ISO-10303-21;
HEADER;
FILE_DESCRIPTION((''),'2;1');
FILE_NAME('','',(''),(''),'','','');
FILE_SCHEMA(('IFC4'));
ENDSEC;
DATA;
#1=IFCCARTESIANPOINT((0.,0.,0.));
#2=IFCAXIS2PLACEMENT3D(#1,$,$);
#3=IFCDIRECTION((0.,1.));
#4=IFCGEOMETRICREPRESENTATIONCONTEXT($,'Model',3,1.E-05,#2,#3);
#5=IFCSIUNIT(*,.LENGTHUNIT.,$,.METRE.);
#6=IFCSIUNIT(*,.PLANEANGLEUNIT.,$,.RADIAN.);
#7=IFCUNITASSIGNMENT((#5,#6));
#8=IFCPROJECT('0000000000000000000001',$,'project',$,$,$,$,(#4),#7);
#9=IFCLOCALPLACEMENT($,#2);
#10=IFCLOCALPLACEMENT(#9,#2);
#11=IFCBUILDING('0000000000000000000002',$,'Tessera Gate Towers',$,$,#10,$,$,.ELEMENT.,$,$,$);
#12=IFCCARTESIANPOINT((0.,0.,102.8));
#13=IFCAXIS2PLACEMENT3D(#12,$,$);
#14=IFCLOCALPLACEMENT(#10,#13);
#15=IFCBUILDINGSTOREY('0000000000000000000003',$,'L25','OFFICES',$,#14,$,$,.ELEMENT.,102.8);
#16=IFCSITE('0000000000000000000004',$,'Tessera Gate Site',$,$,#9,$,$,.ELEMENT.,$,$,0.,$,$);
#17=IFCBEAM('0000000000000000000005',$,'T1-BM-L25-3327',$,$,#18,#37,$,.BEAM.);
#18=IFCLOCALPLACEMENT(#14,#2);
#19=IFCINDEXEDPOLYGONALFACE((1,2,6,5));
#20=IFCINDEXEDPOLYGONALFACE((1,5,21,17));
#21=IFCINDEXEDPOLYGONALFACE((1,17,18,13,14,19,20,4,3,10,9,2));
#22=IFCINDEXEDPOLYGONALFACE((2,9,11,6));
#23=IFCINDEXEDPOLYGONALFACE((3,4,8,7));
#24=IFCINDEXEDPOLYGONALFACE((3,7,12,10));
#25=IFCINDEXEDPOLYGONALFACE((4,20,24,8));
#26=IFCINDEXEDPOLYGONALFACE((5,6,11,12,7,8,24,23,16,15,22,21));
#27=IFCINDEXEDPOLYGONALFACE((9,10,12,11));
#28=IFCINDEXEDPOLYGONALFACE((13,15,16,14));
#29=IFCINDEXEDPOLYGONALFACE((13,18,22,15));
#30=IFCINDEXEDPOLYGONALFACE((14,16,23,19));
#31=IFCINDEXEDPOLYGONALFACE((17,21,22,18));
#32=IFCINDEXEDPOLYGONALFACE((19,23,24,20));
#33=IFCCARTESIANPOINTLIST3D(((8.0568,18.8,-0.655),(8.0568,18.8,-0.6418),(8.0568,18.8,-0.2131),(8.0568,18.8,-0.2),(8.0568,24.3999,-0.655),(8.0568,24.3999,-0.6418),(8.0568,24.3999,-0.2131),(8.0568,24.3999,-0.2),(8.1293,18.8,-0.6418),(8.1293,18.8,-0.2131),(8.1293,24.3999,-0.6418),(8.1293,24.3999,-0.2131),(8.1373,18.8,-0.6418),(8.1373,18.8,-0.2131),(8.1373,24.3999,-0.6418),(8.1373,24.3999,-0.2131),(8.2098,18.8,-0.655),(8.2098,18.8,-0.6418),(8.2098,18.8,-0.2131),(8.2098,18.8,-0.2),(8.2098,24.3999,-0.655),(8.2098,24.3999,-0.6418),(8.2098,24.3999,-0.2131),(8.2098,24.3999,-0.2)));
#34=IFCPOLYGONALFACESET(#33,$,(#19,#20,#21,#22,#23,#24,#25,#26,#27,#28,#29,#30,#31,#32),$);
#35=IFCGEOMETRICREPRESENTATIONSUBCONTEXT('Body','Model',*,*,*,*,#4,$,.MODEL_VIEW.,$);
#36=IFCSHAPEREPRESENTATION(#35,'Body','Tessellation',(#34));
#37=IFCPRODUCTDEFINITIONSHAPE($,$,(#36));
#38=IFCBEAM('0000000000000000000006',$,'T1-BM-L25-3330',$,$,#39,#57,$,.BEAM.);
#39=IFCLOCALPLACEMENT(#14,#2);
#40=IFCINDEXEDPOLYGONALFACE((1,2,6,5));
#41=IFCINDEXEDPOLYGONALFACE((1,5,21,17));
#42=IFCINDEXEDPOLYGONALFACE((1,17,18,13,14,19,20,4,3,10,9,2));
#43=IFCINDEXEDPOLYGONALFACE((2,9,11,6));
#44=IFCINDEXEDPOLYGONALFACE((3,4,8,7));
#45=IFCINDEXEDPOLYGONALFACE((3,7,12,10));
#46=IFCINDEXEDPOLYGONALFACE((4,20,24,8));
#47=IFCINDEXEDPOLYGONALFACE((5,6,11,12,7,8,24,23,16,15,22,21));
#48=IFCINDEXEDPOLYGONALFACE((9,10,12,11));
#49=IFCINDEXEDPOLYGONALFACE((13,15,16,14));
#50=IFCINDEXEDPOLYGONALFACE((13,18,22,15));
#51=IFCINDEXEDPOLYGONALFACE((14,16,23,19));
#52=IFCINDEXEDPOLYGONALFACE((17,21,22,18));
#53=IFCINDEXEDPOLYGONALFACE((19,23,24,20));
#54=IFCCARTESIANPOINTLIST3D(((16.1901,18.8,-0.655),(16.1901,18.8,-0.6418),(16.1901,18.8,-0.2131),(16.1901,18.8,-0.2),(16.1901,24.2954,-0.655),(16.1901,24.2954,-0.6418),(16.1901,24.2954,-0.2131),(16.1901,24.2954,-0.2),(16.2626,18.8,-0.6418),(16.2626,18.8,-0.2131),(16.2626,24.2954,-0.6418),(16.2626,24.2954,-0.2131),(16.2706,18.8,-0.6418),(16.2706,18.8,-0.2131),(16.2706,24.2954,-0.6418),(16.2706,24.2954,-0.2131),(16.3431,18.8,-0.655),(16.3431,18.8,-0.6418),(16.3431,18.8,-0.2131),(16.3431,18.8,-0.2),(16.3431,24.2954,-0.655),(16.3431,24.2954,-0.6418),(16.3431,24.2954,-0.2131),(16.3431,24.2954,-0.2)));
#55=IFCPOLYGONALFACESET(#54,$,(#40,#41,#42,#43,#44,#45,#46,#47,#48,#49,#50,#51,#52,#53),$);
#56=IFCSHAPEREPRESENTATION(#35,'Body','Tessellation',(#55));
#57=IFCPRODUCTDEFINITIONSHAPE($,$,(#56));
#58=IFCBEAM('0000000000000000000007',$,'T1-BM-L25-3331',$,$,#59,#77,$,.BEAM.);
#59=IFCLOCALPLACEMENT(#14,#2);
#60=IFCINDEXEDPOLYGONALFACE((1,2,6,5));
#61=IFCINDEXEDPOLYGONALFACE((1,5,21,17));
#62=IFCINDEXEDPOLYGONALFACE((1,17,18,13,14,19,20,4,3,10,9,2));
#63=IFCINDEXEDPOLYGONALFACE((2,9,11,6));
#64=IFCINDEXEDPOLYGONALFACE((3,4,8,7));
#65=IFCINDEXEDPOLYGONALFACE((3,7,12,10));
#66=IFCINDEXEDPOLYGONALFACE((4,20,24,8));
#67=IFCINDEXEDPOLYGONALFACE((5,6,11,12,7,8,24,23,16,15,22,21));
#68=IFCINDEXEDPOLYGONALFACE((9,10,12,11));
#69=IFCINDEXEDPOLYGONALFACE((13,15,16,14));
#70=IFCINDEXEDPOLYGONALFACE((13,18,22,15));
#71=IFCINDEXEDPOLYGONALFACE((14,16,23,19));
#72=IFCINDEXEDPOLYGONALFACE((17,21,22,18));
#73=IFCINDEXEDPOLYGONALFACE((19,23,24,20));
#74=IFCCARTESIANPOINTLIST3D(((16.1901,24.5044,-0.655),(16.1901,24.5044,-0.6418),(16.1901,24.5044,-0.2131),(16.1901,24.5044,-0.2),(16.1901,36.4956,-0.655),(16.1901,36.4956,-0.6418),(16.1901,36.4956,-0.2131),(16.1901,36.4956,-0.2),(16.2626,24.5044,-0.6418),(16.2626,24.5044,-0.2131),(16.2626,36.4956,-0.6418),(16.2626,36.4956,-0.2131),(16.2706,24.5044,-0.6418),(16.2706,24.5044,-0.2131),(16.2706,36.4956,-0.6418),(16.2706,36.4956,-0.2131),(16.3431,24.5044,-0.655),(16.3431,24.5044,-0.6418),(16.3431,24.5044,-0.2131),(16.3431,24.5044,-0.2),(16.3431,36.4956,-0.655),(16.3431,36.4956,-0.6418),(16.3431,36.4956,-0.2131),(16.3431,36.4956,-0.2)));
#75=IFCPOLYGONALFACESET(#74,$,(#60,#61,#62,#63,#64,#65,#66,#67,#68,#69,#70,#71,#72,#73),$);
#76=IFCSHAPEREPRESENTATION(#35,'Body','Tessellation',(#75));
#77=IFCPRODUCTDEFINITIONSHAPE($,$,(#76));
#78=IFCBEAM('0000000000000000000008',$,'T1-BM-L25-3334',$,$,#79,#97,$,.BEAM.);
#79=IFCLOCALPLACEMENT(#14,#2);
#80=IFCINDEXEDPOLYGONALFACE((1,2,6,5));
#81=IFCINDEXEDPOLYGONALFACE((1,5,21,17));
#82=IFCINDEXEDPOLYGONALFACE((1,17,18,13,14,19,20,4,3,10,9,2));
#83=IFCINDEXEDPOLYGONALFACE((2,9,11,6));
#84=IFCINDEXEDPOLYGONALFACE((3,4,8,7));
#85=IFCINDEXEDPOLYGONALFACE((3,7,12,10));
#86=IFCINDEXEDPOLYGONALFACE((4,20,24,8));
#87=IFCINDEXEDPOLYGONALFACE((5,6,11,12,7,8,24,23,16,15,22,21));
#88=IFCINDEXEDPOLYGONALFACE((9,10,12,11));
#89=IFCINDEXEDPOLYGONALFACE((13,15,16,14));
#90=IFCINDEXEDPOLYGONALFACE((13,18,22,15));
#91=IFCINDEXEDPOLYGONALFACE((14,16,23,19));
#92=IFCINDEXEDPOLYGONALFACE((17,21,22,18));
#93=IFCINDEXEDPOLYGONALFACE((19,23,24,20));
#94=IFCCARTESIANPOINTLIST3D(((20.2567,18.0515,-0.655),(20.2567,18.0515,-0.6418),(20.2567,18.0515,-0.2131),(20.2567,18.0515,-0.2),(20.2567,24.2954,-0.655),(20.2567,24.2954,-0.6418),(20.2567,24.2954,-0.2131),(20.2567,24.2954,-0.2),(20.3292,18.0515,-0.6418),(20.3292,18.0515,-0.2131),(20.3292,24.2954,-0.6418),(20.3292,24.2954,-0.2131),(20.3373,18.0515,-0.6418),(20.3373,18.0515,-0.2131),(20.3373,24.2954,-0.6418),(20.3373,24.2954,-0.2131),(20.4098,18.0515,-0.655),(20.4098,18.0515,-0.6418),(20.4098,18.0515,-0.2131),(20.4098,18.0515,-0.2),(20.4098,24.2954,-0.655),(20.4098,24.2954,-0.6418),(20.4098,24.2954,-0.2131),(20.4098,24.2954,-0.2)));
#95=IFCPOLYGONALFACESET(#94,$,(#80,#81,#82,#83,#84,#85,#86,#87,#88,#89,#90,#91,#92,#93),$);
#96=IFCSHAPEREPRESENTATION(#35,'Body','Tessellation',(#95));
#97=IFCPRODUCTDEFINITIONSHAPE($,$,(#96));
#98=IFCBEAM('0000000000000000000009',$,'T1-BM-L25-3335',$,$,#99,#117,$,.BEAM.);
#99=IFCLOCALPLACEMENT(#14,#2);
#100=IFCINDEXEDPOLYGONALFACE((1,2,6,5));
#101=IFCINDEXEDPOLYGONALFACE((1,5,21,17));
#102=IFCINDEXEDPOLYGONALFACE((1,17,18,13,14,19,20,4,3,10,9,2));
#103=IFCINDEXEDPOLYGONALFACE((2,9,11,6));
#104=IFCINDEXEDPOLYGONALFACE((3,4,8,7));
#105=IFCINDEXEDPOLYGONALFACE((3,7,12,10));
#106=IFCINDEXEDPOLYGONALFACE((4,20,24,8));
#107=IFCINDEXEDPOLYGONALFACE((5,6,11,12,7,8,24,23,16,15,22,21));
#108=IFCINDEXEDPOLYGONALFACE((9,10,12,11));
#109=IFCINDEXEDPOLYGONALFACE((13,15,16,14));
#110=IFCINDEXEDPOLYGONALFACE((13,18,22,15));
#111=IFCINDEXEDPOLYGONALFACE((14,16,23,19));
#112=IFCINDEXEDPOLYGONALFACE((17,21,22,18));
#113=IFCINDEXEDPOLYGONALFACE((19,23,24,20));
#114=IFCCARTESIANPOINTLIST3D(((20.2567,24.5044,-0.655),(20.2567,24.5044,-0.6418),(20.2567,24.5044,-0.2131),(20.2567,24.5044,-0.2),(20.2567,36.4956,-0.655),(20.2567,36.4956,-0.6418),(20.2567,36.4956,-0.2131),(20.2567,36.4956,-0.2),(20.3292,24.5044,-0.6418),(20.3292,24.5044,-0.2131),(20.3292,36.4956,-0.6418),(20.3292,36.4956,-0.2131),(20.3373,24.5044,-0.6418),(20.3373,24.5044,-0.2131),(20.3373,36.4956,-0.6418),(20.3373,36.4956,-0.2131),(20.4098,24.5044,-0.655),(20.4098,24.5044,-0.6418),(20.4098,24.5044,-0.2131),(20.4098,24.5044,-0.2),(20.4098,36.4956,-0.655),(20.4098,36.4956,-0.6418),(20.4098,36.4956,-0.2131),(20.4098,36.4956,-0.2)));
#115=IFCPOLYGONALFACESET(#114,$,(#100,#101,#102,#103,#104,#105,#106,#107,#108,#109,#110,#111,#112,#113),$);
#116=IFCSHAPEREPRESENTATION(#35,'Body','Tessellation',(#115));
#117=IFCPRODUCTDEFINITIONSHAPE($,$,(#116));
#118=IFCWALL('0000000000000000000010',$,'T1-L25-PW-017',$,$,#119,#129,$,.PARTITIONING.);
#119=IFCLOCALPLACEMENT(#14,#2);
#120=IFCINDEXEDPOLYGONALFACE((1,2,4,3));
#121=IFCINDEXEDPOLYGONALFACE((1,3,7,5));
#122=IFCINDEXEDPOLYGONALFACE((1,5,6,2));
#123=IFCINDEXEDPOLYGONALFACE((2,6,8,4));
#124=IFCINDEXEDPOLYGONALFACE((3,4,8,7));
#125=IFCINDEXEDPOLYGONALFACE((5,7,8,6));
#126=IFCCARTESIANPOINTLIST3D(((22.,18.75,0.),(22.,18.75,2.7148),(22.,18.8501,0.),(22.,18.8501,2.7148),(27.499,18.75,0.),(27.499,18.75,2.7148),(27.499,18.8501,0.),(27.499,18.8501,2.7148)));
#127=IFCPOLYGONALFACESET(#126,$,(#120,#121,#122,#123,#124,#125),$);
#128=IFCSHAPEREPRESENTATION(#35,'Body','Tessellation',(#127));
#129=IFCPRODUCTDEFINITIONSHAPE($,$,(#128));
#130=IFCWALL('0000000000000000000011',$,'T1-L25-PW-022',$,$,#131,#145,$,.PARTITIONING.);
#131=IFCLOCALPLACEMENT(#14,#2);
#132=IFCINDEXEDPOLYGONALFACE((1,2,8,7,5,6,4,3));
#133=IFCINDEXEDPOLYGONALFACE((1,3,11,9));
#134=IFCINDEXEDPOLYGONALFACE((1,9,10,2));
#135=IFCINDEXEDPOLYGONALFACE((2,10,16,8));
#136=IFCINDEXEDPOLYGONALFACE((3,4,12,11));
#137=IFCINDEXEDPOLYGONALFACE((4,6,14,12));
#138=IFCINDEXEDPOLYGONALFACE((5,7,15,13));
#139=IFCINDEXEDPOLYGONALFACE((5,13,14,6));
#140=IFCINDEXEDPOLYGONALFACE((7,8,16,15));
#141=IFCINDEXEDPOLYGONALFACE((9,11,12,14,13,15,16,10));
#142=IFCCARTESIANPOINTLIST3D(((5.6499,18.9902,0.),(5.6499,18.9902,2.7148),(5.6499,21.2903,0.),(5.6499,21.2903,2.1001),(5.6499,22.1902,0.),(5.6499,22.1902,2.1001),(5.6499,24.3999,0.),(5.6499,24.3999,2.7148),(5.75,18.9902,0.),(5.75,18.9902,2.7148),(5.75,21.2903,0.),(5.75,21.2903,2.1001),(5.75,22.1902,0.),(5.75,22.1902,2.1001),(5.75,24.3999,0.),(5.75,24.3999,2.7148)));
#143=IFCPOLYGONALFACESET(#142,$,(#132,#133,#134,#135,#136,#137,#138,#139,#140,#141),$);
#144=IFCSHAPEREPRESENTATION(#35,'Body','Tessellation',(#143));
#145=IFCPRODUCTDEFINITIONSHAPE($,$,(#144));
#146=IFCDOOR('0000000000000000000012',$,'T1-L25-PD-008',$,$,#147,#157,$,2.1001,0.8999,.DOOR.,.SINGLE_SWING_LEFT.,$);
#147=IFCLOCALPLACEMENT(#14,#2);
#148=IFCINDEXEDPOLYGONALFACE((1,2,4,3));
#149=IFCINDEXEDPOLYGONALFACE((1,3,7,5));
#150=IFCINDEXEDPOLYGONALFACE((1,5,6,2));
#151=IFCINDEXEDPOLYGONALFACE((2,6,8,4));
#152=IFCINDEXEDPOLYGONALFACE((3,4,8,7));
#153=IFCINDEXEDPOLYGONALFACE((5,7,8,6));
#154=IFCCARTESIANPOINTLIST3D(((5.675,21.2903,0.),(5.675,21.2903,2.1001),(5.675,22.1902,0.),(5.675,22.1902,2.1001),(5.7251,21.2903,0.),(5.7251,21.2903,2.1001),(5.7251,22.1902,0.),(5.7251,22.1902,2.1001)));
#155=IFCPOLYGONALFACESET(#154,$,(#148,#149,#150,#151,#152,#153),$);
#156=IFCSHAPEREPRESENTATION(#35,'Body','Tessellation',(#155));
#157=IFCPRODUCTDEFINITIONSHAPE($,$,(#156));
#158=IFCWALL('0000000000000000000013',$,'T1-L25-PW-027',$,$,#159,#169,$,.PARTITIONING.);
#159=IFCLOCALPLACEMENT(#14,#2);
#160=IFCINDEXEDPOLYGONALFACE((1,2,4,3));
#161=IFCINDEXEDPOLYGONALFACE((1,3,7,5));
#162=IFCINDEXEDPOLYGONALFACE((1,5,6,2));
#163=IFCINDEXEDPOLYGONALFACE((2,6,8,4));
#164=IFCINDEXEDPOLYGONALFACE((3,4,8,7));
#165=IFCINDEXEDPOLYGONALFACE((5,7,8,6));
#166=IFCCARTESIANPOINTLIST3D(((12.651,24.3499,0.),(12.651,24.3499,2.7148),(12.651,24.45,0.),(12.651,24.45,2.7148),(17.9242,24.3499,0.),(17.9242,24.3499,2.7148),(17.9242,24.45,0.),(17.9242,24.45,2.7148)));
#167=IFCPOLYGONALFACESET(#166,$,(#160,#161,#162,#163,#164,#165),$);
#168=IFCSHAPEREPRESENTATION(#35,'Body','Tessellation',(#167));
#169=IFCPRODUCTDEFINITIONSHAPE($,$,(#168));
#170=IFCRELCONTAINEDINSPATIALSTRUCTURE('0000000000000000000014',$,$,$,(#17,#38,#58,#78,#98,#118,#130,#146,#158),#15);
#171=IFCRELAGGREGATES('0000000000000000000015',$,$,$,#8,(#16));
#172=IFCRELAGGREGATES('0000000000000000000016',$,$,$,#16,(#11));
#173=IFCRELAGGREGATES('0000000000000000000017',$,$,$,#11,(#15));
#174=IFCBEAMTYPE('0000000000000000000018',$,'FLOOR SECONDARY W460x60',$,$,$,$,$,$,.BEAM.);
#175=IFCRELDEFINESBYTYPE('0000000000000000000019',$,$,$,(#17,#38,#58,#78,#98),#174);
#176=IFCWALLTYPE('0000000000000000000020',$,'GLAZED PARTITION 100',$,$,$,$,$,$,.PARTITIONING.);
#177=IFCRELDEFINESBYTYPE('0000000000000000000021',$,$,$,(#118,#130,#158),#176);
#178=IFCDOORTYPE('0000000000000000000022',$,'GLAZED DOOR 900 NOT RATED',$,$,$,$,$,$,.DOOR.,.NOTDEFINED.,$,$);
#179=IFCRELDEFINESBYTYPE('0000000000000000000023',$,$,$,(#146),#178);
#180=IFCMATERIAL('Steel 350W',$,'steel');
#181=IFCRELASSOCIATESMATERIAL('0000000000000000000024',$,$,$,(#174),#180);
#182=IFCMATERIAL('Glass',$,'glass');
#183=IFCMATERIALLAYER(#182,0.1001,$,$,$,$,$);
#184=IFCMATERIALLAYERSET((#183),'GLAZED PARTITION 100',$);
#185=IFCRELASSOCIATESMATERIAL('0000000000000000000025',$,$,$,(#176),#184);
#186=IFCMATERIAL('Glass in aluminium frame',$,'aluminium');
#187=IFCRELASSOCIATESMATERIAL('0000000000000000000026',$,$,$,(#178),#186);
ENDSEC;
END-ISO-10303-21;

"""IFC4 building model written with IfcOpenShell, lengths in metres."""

from ifc_helpers import new_model, si_unit, direction, frame, frame_2d, origin, origin_2d, place, context, subcontext, project, spatial, rectangle, i_section, extrude, source, transform, mapped, material, layer, layer_set, material_profile, profile_set, type_object, element, fill, save


model = new_model("IFC4")

# Units and contexts
model_context = context("Model", 3, precision=1e-05, world=origin(), true_north=direction((0.0, 1.0)))
body_context = subcontext(model_context, "Body", "Model", "MODEL_VIEW")
ifc_project = project(units=[si_unit("LENGTHUNIT", "METRE"), si_unit("PLANEANGLEUNIT", "RADIAN")], contexts=[model_context])

# Site, building, storey
site_placement = place(None, origin())
site = spatial("IfcSite", under=ifc_project, at=site_placement, Name="Tessera Gate Site", CompositionType="ELEMENT", RefElevation=0.0)
building_placement = place(site_placement, origin())
building = spatial("IfcBuilding", under=site, at=building_placement, Name="Tessera Gate Towers", CompositionType="ELEMENT")
storey_placement = place(building_placement, frame((0.0, 0.0, 102.8)))
storey = spatial("IfcBuildingStorey", under=building, at=storey_placement, Name="L25", Description="OFFICES", CompositionType="ELEMENT", Elevation=102.8)

# Beams
ifc_material_1 = material(Name="Steel 350W", Category="steel")
ifc_material_profile_1 = material_profile(ifc_material_1, i_section(OverallWidth=0.1531, OverallDepth=0.4551, WebThickness=0.0081, FlangeThickness=0.0132, at=origin_2d()), Name="W460x60")
ifc_profile_set_1 = profile_set([ifc_material_profile_1], Name="Steel 350W")
beam_type_1 = type_object("IfcBeamType", Name="FLOOR SECONDARY W460x60", PredefinedType="BEAM", material=ifc_profile_set_1)
beam_1_placement = place(storey_placement, frame((8.1333, 18.8, -0.4275), z_axis=(0.0, 1.0, 0.0), x_axis=(-1.0, 0.0, 0.0)))
element("IfcBeam", 1, at=beam_1_placement, inside=storey, type_object=beam_type_1, Name="T1-BM-L25-3327", PredefinedType="BEAM", context=body_context, shape_type="SweptSolid", body=[
    extrude(i_section(OverallWidth=0.1531, OverallDepth=0.4551, WebThickness=0.0081, FlangeThickness=0.0132, at=origin_2d()), origin(), (0.0, 0.0, 1.0), 5.5999),
])
beam_2_placement = place(storey_placement, frame((16.2666, 18.8, -0.4275), z_axis=(0.0, 1.0, 0.0), x_axis=(-1.0, 0.0, 0.0)))
element("IfcBeam", 2, at=beam_2_placement, inside=storey, type_object=beam_type_1, Name="T1-BM-L25-3330", PredefinedType="BEAM", context=body_context, shape_type="SweptSolid", body=[
    extrude(i_section(OverallWidth=0.1531, OverallDepth=0.4551, WebThickness=0.0081, FlangeThickness=0.0132, at=origin_2d()), origin(), (0.0, 0.0, 1.0), 5.4954),
])
beam_3_placement = place(storey_placement, frame((16.2666, 24.5044, -0.4275), z_axis=(0.0, 1.0, 0.0), x_axis=(-1.0, 0.0, 0.0)))
element("IfcBeam", 3, at=beam_3_placement, inside=storey, type_object=beam_type_1, Name="T1-BM-L25-3331", PredefinedType="BEAM", context=body_context, shape_type="SweptSolid", body=[
    extrude(i_section(OverallWidth=0.1531, OverallDepth=0.4551, WebThickness=0.0081, FlangeThickness=0.0132, at=origin_2d()), origin(), (0.0, 0.0, 1.0), 11.9912),
])
beam_4_placement = place(storey_placement, frame((20.3333, 18.0515, -0.4275), z_axis=(0.0, 1.0, 0.0), x_axis=(-1.0, 0.0, 0.0)))
element("IfcBeam", 4, at=beam_4_placement, inside=storey, type_object=beam_type_1, Name="T1-BM-L25-3334", PredefinedType="BEAM", context=body_context, shape_type="SweptSolid", body=[
    extrude(i_section(OverallWidth=0.1531, OverallDepth=0.4551, WebThickness=0.0081, FlangeThickness=0.0132, at=origin_2d()), origin(), (0.0, 0.0, 1.0), 6.2439),
])
beam_5_placement = place(storey_placement, frame((20.3333, 24.5044, -0.4275), z_axis=(0.0, 1.0, 0.0), x_axis=(-1.0, 0.0, 0.0)))
element("IfcBeam", 5, at=beam_5_placement, inside=storey, type_object=beam_type_1, Name="T1-BM-L25-3335", PredefinedType="BEAM", context=body_context, shape_type="SweptSolid", body=[
    extrude(i_section(OverallWidth=0.1531, OverallDepth=0.4551, WebThickness=0.0081, FlangeThickness=0.0132, at=origin_2d()), origin(), (0.0, 0.0, 1.0), 11.9912),
])

# Wall
ifc_material_2 = material(Name="Glass", Category="glass")
ifc_layer_1 = layer(ifc_material_2, 0.1001)
ifc_layer_set_1 = layer_set([ifc_layer_1], Name="GLAZED PARTITION 100")
wall_type_1 = type_object("IfcWallType", Name="GLAZED PARTITION 100", PredefinedType="PARTITIONING", material=ifc_layer_set_1)
wall_1_placement = place(storey_placement, frame((22.0, 18.8, 0.0), z_axis=(0.0, 0.0, 1.0), x_axis=(1.0, 0.0, 0.0)))
element("IfcWall", 6, at=wall_1_placement, inside=storey, type_object=wall_type_1, Name="T1-L25-PW-017", PredefinedType="PARTITIONING", context=body_context, shape_type="SweptSolid", body=[
    extrude(rectangle(XDim=5.499, YDim=0.1001, at=frame_2d((2.7495, 0.0))), origin(), (0.0, 0.0, 1.0), 2.7148),
])

# Wall, opening, door
wall_2_placement = place(storey_placement, frame((5.7, 18.9902, 0.0), z_axis=(0.0, 0.0, 1.0), x_axis=(0.0, 1.0, 0.0)))
wall_2 = element("IfcWall", 7, at=wall_2_placement, inside=storey, type_object=wall_type_1, Name="T1-L25-PW-022", PredefinedType="PARTITIONING", context=body_context, shape_type="SweptSolid", body=[
    extrude(rectangle(XDim=5.4097, YDim=0.1001, at=frame_2d((2.7048, 0.0))), origin(), (0.0, 0.0, 1.0), 2.7148),
])
shared_shape_1 = source(origin(), body_context, "Body", "SweptSolid", [
    extrude(rectangle(XDim=0.8999, YDim=2.1001, at=frame_2d((0.45, 1.05))), frame((0.0, 0.0601, 0.0), z_axis=(0.0, -1.0, 0.0), x_axis=(1.0, 0.0, 0.0)), (0.0, 0.0, 1.0), 0.1201),
])
opening_1_placement = place(wall_2_placement, frame((2.3, 0.0, 0.0)))
opening_1 = element("IfcOpeningElement", 8, at=opening_1_placement, cuts=wall_2, PredefinedType="OPENING", context=body_context, shape_type="MappedRepresentation", body=[
    mapped(shared_shape_1, transform((0.0, 0.0, 0.0), scale=1.0)),
])
ifc_material_3 = material(Name="Glass in aluminium frame", Category="aluminium")
door_type_1 = type_object("IfcDoorType", Name="GLAZED DOOR 900 NOT RATED", OperationType="NOTDEFINED", PredefinedType="DOOR", material=ifc_material_3)
shared_shape_2 = source(origin(), body_context, "Body", "SweptSolid", [
    extrude(rectangle(XDim=0.8999, YDim=2.1001, at=frame_2d((0.45, 1.05))), frame((0.0, 0.0249, 0.0), z_axis=(0.0, -1.0, 0.0), x_axis=(1.0, 0.0, 0.0)), (0.0, 0.0, 1.0), 0.05),
])
door_1_placement = place(opening_1_placement, origin())
door_1 = element("IfcDoor", 9, at=door_1_placement, inside=storey, type_object=door_type_1, Name="T1-L25-PD-008", OperationType="SINGLE_SWING_LEFT", OverallHeight=2.1001, OverallWidth=0.8999, PredefinedType="DOOR", context=body_context, shape_type="MappedRepresentation", body=[
    mapped(shared_shape_2, transform((0.0, 0.0, 0.0), scale=1.0)),
])
fill(opening_1, door_1)

# Wall
wall_3_placement = place(storey_placement, frame((12.6509, 24.3999, 0.0), z_axis=(0.0, 0.0, 1.0), x_axis=(1.0, 0.0, 0.0)))
element("IfcWall", 10, at=wall_3_placement, inside=storey, type_object=wall_type_1, Name="T1-L25-PW-027", PredefinedType="PARTITIONING", context=body_context, shape_type="SweptSolid", body=[
    extrude(rectangle(XDim=5.2732, YDim=0.1001, at=frame_2d((2.6367, 0.0))), origin(), (0.0, 0.0, 1.0), 2.7148),
])

save(model, "model.ifc")
